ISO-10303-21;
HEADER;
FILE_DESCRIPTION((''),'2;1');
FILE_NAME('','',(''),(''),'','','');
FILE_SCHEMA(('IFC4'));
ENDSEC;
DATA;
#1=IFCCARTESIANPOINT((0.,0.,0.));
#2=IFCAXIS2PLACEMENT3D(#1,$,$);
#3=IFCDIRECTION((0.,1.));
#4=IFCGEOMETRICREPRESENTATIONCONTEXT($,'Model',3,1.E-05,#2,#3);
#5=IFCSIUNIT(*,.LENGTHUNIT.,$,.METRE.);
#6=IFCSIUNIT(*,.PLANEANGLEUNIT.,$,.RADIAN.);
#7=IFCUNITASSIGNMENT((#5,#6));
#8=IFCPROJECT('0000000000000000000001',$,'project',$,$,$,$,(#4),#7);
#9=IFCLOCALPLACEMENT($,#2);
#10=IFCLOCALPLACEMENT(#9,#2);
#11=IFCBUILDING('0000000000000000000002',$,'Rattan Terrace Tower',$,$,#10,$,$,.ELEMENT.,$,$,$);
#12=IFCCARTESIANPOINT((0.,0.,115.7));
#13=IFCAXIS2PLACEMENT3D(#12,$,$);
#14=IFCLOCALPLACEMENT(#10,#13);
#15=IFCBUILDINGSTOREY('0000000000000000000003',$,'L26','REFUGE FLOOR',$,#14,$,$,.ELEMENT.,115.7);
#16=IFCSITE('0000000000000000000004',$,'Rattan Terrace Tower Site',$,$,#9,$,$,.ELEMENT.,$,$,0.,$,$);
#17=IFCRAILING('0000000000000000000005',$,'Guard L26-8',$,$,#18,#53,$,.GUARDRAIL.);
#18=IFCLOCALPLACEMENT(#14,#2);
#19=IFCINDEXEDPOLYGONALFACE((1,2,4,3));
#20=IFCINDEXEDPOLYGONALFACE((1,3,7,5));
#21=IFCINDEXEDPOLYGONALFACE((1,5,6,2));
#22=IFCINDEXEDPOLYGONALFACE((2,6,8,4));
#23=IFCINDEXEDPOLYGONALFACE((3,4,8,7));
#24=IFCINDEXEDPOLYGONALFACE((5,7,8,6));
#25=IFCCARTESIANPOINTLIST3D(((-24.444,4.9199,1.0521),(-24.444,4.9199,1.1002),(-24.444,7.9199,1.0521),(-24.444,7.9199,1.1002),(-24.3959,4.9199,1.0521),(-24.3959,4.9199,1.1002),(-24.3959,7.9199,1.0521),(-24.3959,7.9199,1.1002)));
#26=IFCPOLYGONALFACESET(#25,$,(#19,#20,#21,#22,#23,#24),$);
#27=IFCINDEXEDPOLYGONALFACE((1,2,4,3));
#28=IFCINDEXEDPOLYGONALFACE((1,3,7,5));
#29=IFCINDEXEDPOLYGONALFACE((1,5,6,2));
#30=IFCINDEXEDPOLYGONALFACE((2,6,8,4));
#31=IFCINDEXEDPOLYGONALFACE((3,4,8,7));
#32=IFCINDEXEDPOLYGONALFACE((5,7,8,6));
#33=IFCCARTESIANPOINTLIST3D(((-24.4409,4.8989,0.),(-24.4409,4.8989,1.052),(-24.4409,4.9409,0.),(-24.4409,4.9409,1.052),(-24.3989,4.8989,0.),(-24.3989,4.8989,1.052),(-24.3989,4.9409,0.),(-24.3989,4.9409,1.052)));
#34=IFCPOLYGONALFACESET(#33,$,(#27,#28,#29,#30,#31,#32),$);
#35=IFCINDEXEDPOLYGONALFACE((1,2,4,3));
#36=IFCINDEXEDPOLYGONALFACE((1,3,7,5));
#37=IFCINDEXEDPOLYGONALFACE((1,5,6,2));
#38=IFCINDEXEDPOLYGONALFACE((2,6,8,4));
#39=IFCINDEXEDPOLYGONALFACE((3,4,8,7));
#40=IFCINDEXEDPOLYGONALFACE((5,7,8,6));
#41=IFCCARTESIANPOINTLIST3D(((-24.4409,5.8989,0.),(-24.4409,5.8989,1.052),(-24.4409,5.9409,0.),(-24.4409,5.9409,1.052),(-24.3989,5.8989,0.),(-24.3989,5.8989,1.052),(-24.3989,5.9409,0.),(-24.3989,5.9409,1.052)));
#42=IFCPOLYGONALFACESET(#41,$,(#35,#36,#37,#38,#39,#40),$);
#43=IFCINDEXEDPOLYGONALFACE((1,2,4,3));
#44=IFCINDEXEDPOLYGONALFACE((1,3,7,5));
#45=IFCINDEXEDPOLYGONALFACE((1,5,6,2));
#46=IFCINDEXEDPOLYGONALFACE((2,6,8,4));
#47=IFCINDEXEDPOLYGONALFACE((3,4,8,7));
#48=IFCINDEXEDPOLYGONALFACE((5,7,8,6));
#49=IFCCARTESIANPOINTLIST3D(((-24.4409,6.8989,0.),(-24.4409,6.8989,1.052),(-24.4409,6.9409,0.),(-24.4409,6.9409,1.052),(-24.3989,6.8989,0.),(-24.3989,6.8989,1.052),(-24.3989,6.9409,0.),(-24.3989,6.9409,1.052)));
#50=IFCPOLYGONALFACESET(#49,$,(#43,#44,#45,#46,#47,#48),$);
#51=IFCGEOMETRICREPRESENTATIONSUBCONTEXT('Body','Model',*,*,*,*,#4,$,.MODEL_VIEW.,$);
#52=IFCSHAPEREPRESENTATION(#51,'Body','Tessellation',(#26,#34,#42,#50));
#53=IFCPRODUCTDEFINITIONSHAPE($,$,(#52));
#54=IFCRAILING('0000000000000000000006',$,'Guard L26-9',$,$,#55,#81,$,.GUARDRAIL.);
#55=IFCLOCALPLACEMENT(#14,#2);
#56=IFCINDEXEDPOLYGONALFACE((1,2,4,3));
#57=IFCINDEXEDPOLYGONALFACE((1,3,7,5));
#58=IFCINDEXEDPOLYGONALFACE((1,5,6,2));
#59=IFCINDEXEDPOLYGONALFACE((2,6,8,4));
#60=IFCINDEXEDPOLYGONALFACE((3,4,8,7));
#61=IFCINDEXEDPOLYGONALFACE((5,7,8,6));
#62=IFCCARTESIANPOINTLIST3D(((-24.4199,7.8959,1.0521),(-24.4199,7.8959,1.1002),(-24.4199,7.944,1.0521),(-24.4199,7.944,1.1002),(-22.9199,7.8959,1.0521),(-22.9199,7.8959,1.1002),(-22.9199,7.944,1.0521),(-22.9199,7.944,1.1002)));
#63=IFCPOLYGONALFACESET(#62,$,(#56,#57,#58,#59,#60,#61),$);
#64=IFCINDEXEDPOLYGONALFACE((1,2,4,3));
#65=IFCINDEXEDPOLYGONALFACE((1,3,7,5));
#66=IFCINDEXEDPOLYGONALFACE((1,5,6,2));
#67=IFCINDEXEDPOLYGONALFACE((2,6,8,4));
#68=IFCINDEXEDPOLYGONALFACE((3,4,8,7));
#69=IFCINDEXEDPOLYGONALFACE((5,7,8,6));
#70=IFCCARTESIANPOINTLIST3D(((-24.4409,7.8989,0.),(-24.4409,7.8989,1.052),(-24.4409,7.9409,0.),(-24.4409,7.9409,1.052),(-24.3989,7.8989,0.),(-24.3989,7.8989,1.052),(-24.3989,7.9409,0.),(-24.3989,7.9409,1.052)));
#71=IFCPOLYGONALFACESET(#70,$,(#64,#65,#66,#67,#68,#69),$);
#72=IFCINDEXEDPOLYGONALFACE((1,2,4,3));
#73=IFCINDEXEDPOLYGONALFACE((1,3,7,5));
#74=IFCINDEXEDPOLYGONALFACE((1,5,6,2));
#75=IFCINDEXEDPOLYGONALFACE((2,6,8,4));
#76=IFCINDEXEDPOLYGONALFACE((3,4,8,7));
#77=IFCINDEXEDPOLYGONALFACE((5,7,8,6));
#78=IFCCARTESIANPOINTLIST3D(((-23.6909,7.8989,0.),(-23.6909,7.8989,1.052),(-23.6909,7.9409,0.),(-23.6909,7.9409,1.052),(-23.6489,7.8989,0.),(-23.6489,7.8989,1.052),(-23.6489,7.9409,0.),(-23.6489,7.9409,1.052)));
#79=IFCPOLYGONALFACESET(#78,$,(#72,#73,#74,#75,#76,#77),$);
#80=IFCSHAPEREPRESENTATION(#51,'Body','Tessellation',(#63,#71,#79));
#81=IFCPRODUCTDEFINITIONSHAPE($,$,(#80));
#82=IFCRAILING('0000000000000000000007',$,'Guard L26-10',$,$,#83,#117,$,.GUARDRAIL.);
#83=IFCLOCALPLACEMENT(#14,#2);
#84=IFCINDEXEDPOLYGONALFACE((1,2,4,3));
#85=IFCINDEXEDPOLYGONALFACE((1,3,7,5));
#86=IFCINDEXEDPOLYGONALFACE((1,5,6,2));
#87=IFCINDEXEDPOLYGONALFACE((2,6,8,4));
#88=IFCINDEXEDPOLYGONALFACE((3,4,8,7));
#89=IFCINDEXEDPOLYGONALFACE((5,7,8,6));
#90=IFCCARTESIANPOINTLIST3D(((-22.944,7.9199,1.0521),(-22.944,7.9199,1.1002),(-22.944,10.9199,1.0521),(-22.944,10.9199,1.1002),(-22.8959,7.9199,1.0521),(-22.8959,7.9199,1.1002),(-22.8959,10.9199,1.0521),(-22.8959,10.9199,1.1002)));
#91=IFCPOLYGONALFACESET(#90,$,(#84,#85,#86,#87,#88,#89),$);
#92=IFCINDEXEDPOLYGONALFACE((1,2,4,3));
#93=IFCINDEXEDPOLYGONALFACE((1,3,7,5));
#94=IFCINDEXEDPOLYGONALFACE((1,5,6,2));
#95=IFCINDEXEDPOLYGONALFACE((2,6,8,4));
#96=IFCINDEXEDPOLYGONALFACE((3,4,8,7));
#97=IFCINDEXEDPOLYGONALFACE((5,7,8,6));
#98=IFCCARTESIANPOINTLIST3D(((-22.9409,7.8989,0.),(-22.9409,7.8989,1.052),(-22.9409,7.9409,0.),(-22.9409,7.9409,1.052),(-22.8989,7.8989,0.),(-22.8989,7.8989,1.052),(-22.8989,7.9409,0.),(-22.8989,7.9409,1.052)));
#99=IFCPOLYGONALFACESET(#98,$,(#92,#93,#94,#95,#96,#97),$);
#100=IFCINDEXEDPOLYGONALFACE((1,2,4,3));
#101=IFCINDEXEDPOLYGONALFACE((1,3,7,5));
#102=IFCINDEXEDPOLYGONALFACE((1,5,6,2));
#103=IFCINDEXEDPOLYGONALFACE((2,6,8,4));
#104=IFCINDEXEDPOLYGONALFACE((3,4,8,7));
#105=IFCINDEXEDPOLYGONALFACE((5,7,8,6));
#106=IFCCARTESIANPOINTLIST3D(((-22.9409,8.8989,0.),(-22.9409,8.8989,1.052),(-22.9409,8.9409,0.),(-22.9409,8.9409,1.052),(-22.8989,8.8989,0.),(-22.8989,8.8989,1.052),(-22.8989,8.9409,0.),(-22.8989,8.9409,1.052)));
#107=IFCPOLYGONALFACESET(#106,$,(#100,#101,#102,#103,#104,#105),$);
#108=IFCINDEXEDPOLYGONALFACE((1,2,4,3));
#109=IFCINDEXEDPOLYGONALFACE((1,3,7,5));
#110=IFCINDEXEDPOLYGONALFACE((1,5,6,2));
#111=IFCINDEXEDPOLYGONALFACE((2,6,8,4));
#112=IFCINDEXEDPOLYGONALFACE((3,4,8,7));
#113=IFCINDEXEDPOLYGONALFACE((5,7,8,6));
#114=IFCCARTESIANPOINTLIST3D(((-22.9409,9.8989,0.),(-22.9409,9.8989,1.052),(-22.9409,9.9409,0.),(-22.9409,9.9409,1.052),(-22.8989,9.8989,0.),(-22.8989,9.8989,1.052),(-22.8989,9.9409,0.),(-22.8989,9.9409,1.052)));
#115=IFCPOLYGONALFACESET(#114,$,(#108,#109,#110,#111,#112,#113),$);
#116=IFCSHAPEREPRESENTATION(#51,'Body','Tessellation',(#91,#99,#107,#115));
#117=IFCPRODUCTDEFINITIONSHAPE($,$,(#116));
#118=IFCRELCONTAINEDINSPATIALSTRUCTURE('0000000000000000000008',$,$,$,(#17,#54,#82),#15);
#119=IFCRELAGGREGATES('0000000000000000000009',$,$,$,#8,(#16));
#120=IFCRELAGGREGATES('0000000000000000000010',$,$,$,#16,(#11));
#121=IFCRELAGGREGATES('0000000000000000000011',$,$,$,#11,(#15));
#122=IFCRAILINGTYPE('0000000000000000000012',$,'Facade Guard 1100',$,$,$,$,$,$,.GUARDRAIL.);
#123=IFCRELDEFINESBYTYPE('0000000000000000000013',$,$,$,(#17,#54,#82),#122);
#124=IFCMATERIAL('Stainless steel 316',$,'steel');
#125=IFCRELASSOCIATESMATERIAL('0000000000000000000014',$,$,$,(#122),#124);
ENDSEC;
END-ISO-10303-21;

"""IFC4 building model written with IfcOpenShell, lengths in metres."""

from ifc_helpers import new_model, si_unit, direction, frame, origin, origin_2d, place, context, subcontext, project, spatial, rectangle, extrude, material, type_object, element, save


model = new_model("IFC4")

# Units and contexts
model_context = context("Model", 3, precision=1e-05, world=origin(), true_north=direction((0.0, 1.0)))
body_context = subcontext(model_context, "Body", "Model", "MODEL_VIEW")
ifc_project = project(units=[si_unit("LENGTHUNIT", "METRE"), si_unit("PLANEANGLEUNIT", "RADIAN")], contexts=[model_context])

# Site, building, storey
site_placement = place(None, origin())
site = spatial("IfcSite", under=ifc_project, at=site_placement, Name="Rattan Terrace Tower Site", CompositionType="ELEMENT", RefElevation=0.0)
building_placement = place(site_placement, origin())
building = spatial("IfcBuilding", under=site, at=building_placement, Name="Rattan Terrace Tower", CompositionType="ELEMENT")
storey_placement = place(building_placement, frame((0.0, 0.0, 115.7)))
storey = spatial("IfcBuildingStorey", under=building, at=storey_placement, Name="L26", Description="REFUGE FLOOR", CompositionType="ELEMENT", Elevation=115.7)

# Railings
ifc_material_1 = material(Name="Stainless steel 316", Category="steel")
railing_type_1 = type_object("IfcRailingType", Name="Facade Guard 1100", PredefinedType="GUARDRAIL", material=ifc_material_1)
railing_1_placement = place(storey_placement, frame((-24.4199, 4.9199, 0.0)))
element("IfcRailing", 1, at=railing_1_placement, inside=storey, type_object=railing_type_1, Name="Guard L26-8", PredefinedType="GUARDRAIL", context=body_context, shape_type="SweptSolid", body=[
    extrude(rectangle(XDim=0.0481, YDim=0.0481, at=origin_2d()), frame((0.0, 0.0, 1.0762), z_axis=(0.0, 1.0, 0.0), x_axis=(-1.0, 0.0, 0.0)), (0.0, 0.0, 1.0), 3.0),
    extrude(rectangle(XDim=0.042, YDim=0.042, at=origin_2d()), origin(), (0.0, 0.0, 1.0), 1.052),
    extrude(rectangle(XDim=0.042, YDim=0.042, at=origin_2d()), frame((0.0, 1.0, 0.0)), (0.0, 0.0, 1.0), 1.052),
    extrude(rectangle(XDim=0.042, YDim=0.042, at=origin_2d()), frame((0.0, 2.0, 0.0)), (0.0, 0.0, 1.0), 1.052),
])
railing_2_placement = place(storey_placement, frame((-24.4199, 7.9199, 0.0)))
element("IfcRailing", 2, at=railing_2_placement, inside=storey, type_object=railing_type_1, Name="Guard L26-9", PredefinedType="GUARDRAIL", context=body_context, shape_type="SweptSolid", body=[
    extrude(rectangle(XDim=0.0481, YDim=0.0481, at=origin_2d()), frame((0.0, 0.0, 1.0762), z_axis=(1.0, 0.0, 0.0), x_axis=(0.0, 1.0, 0.0)), (0.0, 0.0, 1.0), 1.5),
    extrude(rectangle(XDim=0.042, YDim=0.042, at=origin_2d()), origin(), (0.0, 0.0, 1.0), 1.052),
    extrude(rectangle(XDim=0.042, YDim=0.042, at=origin_2d()), frame((0.75, 0.0, 0.0)), (0.0, 0.0, 1.0), 1.052),
])
railing_3_placement = place(storey_placement, frame((-22.9199, 7.9199, 0.0)))
element("IfcRailing", 3, at=railing_3_placement, inside=storey, type_object=railing_type_1, Name="Guard L26-10", PredefinedType="GUARDRAIL", context=body_context, shape_type="SweptSolid", body=[
    extrude(rectangle(XDim=0.0481, YDim=0.0481, at=origin_2d()), frame((0.0, 0.0, 1.0762), z_axis=(0.0, 1.0, 0.0), x_axis=(-1.0, 0.0, 0.0)), (0.0, 0.0, 1.0), 3.0),
    extrude(rectangle(XDim=0.042, YDim=0.042, at=origin_2d()), origin(), (0.0, 0.0, 1.0), 1.052),
    extrude(rectangle(XDim=0.042, YDim=0.042, at=origin_2d()), frame((0.0, 1.0, 0.0)), (0.0, 0.0, 1.0), 1.052),
    extrude(rectangle(XDim=0.042, YDim=0.042, at=origin_2d()), frame((0.0, 2.0, 0.0)), (0.0, 0.0, 1.0), 1.052),
])

save(model, "model.ifc")
